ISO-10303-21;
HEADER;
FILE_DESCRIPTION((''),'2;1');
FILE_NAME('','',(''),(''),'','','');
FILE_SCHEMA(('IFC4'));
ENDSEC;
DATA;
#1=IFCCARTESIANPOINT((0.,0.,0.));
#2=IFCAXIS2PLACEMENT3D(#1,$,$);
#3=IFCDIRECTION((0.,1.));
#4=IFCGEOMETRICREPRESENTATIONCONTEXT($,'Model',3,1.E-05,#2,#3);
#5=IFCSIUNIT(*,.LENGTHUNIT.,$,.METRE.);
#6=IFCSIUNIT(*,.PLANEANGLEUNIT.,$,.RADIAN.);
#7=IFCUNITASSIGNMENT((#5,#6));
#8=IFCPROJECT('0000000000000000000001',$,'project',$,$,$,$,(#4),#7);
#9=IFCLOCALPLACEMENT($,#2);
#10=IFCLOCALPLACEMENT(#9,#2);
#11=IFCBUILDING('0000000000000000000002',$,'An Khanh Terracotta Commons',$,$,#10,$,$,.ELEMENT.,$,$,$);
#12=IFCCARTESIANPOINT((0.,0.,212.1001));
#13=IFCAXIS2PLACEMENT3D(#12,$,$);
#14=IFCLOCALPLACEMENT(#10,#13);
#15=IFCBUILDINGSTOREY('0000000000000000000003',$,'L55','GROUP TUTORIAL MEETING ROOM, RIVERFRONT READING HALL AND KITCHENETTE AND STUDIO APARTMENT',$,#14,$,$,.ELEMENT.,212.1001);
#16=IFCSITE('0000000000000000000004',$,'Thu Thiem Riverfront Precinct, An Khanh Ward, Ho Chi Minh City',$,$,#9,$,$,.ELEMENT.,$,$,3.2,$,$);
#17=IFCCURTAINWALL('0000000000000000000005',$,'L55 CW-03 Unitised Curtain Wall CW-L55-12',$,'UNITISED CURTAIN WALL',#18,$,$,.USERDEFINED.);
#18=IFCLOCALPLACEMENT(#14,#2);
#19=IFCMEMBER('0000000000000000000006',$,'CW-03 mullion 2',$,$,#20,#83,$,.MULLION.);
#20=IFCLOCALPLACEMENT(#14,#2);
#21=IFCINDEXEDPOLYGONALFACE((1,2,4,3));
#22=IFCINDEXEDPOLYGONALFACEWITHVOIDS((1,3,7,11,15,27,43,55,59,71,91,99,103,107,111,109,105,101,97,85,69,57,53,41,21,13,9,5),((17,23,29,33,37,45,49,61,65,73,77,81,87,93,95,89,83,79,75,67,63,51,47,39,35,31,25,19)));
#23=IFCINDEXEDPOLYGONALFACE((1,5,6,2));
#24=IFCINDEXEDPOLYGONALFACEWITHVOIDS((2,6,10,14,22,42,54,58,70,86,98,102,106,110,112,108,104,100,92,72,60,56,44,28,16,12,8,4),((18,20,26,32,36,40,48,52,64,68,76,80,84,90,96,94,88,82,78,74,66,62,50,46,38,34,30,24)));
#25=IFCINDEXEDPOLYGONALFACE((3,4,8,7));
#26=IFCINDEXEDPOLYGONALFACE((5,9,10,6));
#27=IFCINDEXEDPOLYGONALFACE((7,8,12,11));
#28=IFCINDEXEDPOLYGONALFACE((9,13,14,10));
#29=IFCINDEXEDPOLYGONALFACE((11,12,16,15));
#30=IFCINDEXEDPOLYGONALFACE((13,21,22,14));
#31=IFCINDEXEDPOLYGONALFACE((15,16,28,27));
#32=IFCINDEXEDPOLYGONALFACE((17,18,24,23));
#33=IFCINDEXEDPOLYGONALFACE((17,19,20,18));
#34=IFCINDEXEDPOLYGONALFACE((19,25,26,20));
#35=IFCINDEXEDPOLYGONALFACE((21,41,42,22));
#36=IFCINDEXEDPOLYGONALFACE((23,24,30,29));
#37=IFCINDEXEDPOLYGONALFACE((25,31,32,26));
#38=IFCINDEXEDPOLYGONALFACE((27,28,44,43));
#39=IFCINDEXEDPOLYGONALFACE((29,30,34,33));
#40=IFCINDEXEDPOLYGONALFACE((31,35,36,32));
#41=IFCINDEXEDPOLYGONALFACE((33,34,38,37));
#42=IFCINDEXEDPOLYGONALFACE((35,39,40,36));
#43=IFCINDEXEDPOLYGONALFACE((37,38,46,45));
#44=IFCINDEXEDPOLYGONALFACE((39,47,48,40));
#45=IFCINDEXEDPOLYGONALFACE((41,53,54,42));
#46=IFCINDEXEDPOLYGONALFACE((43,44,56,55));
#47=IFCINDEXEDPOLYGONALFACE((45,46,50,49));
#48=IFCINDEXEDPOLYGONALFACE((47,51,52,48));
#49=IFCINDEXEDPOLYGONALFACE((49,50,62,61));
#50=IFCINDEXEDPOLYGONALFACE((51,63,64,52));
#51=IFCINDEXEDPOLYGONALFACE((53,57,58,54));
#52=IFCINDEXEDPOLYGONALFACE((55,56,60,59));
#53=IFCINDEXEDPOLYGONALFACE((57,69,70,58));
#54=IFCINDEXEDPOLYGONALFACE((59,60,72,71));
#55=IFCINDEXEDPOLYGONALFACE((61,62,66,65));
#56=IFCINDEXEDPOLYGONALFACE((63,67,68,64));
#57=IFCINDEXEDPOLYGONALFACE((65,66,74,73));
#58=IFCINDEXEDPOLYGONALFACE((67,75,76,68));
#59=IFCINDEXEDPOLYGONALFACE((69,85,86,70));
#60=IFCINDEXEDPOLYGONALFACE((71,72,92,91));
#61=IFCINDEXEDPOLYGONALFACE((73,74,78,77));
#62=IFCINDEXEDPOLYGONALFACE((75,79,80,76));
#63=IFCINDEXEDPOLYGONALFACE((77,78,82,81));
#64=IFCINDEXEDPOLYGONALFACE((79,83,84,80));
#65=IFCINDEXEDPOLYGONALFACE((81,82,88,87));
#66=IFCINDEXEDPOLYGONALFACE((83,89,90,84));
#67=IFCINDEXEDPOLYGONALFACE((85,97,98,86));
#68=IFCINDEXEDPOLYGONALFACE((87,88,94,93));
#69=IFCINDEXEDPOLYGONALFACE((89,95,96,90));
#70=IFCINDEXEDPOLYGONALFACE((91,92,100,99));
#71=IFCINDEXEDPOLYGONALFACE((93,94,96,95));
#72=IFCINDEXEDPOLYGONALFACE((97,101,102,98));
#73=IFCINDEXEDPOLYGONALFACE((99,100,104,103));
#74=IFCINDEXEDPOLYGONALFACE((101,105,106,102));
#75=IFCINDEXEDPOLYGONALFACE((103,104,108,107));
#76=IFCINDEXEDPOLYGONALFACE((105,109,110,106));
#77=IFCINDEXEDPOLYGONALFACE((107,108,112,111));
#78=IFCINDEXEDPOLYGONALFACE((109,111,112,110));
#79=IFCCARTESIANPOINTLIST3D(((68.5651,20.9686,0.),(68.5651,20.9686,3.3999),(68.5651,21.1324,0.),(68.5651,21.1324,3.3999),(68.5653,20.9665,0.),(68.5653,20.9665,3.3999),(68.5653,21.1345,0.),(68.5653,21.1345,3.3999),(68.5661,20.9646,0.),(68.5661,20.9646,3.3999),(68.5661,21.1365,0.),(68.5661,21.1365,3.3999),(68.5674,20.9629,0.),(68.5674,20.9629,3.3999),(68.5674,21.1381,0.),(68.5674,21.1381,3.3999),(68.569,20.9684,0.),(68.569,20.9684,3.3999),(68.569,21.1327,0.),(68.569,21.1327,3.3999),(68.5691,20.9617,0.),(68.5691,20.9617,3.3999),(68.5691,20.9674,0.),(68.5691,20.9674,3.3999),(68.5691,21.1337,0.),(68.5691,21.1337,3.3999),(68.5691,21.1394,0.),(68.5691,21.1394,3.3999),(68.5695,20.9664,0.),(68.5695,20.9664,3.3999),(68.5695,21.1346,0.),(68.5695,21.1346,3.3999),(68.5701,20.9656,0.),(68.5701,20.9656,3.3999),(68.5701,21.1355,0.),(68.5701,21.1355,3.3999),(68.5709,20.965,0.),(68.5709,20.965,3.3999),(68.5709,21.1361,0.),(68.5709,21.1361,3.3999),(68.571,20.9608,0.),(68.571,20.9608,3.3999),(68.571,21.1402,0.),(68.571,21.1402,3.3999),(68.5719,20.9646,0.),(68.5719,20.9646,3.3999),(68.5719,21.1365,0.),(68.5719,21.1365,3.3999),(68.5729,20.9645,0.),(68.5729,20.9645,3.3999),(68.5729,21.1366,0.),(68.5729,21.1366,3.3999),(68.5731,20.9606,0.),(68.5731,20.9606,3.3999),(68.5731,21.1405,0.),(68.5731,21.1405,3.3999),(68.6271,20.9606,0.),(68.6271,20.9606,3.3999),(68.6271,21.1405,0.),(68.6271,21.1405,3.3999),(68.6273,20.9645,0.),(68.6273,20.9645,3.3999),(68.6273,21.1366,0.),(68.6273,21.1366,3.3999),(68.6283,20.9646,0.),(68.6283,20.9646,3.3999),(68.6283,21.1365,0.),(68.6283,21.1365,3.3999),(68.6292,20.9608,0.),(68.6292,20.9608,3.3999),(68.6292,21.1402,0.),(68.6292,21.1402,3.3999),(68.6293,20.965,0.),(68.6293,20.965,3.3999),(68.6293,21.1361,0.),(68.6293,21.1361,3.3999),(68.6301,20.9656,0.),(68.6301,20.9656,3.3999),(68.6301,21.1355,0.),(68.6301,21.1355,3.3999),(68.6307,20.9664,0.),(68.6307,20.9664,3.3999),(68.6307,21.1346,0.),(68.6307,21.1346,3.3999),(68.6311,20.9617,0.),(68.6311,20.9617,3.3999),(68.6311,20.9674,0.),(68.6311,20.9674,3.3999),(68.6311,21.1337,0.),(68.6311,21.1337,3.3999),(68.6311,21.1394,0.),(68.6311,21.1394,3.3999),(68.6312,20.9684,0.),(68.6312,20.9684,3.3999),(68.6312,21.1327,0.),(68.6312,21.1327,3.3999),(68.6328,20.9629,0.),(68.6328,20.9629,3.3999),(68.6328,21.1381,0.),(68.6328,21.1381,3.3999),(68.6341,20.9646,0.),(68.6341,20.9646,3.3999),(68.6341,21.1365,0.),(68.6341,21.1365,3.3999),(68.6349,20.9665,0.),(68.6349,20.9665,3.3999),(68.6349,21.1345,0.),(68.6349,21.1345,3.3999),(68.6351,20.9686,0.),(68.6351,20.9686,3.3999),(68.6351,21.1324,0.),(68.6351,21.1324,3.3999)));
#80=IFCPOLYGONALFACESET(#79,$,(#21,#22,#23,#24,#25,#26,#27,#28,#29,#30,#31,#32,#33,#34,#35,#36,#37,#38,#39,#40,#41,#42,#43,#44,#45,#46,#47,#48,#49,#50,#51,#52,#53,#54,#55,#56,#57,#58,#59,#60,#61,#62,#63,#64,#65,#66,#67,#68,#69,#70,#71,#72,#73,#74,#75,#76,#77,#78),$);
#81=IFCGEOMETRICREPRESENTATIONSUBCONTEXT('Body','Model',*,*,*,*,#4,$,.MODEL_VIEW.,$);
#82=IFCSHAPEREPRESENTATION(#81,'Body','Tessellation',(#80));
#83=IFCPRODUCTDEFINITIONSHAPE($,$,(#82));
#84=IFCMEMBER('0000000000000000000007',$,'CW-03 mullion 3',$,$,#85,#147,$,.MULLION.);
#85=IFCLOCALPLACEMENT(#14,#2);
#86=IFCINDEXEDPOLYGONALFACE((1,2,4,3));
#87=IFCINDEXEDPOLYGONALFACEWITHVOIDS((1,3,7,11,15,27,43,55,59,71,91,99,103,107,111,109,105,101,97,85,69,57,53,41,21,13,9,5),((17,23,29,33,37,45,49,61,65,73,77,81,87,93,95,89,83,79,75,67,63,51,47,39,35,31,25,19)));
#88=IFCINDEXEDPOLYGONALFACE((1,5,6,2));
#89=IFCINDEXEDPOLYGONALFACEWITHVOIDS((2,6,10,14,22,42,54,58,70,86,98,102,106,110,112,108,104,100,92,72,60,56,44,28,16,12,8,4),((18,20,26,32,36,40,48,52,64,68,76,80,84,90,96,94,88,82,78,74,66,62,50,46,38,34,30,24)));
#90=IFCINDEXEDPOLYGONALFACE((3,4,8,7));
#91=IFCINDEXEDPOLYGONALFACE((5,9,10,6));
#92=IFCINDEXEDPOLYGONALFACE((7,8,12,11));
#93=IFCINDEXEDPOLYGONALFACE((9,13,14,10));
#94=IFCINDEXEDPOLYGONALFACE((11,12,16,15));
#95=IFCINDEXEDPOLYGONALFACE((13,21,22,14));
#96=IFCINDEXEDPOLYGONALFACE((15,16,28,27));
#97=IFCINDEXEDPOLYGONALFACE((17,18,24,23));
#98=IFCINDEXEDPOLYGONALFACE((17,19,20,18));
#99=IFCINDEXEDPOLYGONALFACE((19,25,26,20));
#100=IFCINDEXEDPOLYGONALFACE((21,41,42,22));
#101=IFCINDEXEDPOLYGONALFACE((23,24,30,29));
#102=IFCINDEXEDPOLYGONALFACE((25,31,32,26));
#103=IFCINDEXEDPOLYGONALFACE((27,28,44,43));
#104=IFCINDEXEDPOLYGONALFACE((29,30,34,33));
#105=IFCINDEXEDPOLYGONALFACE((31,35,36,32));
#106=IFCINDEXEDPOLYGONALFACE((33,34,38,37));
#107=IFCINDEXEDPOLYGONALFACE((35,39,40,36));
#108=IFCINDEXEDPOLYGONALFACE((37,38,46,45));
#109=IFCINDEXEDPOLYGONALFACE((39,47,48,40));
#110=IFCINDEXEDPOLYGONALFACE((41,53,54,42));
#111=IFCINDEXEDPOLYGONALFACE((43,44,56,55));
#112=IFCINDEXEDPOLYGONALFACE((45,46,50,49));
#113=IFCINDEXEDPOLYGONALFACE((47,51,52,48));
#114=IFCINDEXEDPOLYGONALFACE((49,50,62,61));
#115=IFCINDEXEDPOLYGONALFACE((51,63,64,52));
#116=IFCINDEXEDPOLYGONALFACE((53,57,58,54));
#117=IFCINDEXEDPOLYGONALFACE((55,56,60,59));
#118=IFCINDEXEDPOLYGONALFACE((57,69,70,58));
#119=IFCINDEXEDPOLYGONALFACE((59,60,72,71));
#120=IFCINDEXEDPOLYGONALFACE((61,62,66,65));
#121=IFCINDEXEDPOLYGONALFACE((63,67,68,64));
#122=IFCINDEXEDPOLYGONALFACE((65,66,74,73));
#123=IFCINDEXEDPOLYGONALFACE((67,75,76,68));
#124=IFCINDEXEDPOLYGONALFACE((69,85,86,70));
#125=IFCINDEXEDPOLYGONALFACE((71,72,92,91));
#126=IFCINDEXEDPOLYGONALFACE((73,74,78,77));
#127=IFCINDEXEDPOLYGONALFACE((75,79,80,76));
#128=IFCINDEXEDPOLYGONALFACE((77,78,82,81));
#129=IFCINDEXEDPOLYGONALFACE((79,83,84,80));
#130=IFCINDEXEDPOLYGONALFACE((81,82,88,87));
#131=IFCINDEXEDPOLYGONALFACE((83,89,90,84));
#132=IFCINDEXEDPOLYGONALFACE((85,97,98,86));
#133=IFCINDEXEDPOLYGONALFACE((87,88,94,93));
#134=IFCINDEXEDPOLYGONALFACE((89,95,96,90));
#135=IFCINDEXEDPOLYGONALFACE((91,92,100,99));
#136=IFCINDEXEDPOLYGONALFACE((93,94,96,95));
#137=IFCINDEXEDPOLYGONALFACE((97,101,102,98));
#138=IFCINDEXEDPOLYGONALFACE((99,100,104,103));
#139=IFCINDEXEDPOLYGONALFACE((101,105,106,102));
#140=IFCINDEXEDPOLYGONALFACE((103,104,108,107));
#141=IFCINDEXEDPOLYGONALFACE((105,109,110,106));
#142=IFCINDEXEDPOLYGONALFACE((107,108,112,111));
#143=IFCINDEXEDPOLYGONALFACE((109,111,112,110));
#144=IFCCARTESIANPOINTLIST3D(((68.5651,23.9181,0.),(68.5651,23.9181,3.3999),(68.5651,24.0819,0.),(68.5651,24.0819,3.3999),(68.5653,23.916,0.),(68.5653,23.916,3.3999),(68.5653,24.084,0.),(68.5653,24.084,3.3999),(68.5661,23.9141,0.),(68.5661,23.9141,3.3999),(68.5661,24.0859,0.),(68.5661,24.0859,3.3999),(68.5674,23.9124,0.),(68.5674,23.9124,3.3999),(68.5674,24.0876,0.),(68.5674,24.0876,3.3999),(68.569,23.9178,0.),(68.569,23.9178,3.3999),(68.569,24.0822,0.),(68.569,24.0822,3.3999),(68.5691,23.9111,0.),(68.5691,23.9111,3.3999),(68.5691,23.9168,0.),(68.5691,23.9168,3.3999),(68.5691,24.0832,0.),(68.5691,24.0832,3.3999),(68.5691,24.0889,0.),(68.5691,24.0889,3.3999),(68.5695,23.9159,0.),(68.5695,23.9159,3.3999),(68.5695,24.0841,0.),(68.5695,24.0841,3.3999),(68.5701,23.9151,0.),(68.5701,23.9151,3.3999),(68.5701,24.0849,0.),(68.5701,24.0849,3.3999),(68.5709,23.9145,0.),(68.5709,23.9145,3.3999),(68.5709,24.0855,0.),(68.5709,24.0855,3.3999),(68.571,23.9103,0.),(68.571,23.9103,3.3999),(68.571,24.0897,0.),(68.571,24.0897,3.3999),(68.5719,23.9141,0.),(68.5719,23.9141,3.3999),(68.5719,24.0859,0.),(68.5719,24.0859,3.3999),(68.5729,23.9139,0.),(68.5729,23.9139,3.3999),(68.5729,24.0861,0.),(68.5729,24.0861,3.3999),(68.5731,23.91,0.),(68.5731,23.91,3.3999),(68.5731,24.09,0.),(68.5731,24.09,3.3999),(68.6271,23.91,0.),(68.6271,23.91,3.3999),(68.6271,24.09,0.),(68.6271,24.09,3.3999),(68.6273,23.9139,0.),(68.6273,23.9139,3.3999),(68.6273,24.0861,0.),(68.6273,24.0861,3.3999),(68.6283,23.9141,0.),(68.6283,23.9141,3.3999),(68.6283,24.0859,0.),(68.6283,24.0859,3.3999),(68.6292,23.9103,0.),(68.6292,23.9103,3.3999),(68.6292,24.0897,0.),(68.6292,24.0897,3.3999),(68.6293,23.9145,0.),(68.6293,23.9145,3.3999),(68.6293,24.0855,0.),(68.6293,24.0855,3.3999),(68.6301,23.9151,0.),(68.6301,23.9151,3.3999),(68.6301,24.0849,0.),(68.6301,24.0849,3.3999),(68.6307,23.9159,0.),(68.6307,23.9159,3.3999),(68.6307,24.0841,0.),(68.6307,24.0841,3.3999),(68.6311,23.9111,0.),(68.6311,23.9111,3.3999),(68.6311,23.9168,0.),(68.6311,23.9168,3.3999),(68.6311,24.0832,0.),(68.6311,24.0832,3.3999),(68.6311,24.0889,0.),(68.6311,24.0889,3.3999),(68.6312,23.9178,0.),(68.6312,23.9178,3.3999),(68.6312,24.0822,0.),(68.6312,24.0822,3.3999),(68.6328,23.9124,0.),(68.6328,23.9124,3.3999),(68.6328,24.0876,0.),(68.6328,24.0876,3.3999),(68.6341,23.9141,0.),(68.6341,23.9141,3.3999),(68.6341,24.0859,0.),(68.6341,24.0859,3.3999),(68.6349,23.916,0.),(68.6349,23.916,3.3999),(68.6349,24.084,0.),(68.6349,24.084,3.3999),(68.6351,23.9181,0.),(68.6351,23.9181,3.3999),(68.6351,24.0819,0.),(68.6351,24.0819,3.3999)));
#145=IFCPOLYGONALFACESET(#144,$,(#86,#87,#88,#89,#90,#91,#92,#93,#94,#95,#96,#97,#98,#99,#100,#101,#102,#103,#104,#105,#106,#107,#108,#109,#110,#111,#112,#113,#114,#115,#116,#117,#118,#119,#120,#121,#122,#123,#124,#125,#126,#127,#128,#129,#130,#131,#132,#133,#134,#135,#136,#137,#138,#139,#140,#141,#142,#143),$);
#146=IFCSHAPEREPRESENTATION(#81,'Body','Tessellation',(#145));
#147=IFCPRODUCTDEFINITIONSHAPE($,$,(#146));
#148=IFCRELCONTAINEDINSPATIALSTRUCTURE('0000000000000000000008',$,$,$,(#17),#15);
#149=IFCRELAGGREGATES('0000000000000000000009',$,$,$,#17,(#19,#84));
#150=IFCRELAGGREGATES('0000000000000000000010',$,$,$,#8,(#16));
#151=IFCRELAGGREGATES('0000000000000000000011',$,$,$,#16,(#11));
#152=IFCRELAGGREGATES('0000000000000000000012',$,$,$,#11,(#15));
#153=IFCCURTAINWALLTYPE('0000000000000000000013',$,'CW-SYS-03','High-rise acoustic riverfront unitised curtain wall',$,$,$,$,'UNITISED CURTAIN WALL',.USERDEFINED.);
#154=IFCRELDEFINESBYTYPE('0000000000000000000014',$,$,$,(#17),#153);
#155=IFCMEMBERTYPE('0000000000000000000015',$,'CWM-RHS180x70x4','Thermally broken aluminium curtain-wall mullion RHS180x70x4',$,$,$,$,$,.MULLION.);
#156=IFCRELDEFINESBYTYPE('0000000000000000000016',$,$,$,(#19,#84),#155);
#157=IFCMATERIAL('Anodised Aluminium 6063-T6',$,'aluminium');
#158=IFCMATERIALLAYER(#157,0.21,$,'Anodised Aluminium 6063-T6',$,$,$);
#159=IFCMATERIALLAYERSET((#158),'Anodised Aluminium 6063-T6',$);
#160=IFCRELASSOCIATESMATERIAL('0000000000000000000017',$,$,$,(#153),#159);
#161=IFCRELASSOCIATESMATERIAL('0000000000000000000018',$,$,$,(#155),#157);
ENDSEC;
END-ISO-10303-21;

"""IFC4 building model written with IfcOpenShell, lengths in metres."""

from ifc_helpers import new_model, si_unit, direction, frame, origin, origin_2d, place, context, subcontext, project, spatial, hollow_rectangle, extrude, material, layer, layer_set, material_profile, profile_set, type_object, element, aggregate, save


model = new_model("IFC4")

# Units and contexts
model_context = context("Model", 3, precision=1e-05, world=origin(), true_north=direction((0.0, 1.0)))
body_context = subcontext(model_context, "Body", "Model", "MODEL_VIEW")
ifc_project = project(units=[si_unit("LENGTHUNIT", "METRE"), si_unit("PLANEANGLEUNIT", "RADIAN")], contexts=[model_context])

# Site, building, storey
site_placement = place(None, origin())
site = spatial("IfcSite", under=ifc_project, at=site_placement, Name="Thu Thiem Riverfront Precinct, An Khanh Ward, Ho Chi Minh City", CompositionType="ELEMENT", RefElevation=3.2)
building_placement = place(site_placement, origin())
building = spatial("IfcBuilding", under=site, at=building_placement, Name="An Khanh Terracotta Commons", CompositionType="ELEMENT")
storey_placement = place(building_placement, frame((0.0, 0.0, 212.1001)))
storey = spatial("IfcBuildingStorey", under=building, at=storey_placement, Name="L55", Description="GROUP TUTORIAL MEETING ROOM, RIVERFRONT READING HALL AND KITCHENETTE AND STUDIO APARTMENT", CompositionType="ELEMENT", Elevation=212.1001)

# Curtain wall, members
ifc_material_1 = material(Name="Anodised Aluminium 6063-T6", Category="aluminium")
ifc_layer_1 = layer(ifc_material_1, 0.21, Name="Anodised Aluminium 6063-T6")
ifc_layer_set_1 = layer_set([ifc_layer_1], Name="Anodised Aluminium 6063-T6")
curtain_wall_type = type_object("IfcCurtainWallType", Name="CW-SYS-03", Description="High-rise acoustic riverfront unitised curtain wall", ElementType="UNITISED CURTAIN WALL", PredefinedType="USERDEFINED", material=ifc_layer_set_1)
ifc_material_profile_1 = material_profile(ifc_material_1, hollow_rectangle(XDim=0.0701, YDim=0.1799, WallThickness=0.0039, InnerFilletRadius=0.0039, OuterFilletRadius=0.0081, at=origin_2d()), Name="RHS180x70x4")
ifc_profile_set_1 = profile_set([ifc_material_profile_1], Name="Anodised Aluminium 6063-T6")
member_type_1 = type_object("IfcMemberType", Name="CWM-RHS180x70x4", Description="Thermally broken aluminium curtain-wall mullion RHS180x70x4", PredefinedType="MULLION", material=ifc_profile_set_1)
curtain_wall_1_placement = place(storey_placement, origin())
curtain_wall_1 = element("IfcCurtainWall", 1, at=curtain_wall_1_placement, inside=storey, type_object=curtain_wall_type, Name="L55 CW-03 Unitised Curtain Wall CW-L55-12", ObjectType="UNITISED CURTAIN WALL", PredefinedType="USERDEFINED")
member_1_placement = place(storey_placement, frame((68.6001, 21.0505, 0.0), z_axis=(0.0, 0.0, 1.0), x_axis=(-1.0, 0.0, 0.0)))
member_1 = element("IfcMember", 2, at=member_1_placement, type_object=member_type_1, Name="CW-03 mullion 2", PredefinedType="MULLION", context=body_context, shape_type="SweptSolid", body=[
    extrude(hollow_rectangle(XDim=0.0701, YDim=0.1799, WallThickness=0.0039, InnerFilletRadius=0.0039, OuterFilletRadius=0.0081, at=origin_2d()), origin(), (0.0, 0.0, 1.0), 3.3999),
])
member_2_placement = place(storey_placement, frame((68.6001, 24.0, 0.0), z_axis=(0.0, 0.0, 1.0), x_axis=(-1.0, 0.0, 0.0)))
member_2 = element("IfcMember", 3, at=member_2_placement, type_object=member_type_1, Name="CW-03 mullion 3", PredefinedType="MULLION", context=body_context, shape_type="SweptSolid", body=[
    extrude(hollow_rectangle(XDim=0.0701, YDim=0.1799, WallThickness=0.0039, InnerFilletRadius=0.0039, OuterFilletRadius=0.0081, at=origin_2d()), origin(), (0.0, 0.0, 1.0), 3.3999),
])

aggregate(curtain_wall_1, [member_1, member_2])

save(model, "model.ifc")
